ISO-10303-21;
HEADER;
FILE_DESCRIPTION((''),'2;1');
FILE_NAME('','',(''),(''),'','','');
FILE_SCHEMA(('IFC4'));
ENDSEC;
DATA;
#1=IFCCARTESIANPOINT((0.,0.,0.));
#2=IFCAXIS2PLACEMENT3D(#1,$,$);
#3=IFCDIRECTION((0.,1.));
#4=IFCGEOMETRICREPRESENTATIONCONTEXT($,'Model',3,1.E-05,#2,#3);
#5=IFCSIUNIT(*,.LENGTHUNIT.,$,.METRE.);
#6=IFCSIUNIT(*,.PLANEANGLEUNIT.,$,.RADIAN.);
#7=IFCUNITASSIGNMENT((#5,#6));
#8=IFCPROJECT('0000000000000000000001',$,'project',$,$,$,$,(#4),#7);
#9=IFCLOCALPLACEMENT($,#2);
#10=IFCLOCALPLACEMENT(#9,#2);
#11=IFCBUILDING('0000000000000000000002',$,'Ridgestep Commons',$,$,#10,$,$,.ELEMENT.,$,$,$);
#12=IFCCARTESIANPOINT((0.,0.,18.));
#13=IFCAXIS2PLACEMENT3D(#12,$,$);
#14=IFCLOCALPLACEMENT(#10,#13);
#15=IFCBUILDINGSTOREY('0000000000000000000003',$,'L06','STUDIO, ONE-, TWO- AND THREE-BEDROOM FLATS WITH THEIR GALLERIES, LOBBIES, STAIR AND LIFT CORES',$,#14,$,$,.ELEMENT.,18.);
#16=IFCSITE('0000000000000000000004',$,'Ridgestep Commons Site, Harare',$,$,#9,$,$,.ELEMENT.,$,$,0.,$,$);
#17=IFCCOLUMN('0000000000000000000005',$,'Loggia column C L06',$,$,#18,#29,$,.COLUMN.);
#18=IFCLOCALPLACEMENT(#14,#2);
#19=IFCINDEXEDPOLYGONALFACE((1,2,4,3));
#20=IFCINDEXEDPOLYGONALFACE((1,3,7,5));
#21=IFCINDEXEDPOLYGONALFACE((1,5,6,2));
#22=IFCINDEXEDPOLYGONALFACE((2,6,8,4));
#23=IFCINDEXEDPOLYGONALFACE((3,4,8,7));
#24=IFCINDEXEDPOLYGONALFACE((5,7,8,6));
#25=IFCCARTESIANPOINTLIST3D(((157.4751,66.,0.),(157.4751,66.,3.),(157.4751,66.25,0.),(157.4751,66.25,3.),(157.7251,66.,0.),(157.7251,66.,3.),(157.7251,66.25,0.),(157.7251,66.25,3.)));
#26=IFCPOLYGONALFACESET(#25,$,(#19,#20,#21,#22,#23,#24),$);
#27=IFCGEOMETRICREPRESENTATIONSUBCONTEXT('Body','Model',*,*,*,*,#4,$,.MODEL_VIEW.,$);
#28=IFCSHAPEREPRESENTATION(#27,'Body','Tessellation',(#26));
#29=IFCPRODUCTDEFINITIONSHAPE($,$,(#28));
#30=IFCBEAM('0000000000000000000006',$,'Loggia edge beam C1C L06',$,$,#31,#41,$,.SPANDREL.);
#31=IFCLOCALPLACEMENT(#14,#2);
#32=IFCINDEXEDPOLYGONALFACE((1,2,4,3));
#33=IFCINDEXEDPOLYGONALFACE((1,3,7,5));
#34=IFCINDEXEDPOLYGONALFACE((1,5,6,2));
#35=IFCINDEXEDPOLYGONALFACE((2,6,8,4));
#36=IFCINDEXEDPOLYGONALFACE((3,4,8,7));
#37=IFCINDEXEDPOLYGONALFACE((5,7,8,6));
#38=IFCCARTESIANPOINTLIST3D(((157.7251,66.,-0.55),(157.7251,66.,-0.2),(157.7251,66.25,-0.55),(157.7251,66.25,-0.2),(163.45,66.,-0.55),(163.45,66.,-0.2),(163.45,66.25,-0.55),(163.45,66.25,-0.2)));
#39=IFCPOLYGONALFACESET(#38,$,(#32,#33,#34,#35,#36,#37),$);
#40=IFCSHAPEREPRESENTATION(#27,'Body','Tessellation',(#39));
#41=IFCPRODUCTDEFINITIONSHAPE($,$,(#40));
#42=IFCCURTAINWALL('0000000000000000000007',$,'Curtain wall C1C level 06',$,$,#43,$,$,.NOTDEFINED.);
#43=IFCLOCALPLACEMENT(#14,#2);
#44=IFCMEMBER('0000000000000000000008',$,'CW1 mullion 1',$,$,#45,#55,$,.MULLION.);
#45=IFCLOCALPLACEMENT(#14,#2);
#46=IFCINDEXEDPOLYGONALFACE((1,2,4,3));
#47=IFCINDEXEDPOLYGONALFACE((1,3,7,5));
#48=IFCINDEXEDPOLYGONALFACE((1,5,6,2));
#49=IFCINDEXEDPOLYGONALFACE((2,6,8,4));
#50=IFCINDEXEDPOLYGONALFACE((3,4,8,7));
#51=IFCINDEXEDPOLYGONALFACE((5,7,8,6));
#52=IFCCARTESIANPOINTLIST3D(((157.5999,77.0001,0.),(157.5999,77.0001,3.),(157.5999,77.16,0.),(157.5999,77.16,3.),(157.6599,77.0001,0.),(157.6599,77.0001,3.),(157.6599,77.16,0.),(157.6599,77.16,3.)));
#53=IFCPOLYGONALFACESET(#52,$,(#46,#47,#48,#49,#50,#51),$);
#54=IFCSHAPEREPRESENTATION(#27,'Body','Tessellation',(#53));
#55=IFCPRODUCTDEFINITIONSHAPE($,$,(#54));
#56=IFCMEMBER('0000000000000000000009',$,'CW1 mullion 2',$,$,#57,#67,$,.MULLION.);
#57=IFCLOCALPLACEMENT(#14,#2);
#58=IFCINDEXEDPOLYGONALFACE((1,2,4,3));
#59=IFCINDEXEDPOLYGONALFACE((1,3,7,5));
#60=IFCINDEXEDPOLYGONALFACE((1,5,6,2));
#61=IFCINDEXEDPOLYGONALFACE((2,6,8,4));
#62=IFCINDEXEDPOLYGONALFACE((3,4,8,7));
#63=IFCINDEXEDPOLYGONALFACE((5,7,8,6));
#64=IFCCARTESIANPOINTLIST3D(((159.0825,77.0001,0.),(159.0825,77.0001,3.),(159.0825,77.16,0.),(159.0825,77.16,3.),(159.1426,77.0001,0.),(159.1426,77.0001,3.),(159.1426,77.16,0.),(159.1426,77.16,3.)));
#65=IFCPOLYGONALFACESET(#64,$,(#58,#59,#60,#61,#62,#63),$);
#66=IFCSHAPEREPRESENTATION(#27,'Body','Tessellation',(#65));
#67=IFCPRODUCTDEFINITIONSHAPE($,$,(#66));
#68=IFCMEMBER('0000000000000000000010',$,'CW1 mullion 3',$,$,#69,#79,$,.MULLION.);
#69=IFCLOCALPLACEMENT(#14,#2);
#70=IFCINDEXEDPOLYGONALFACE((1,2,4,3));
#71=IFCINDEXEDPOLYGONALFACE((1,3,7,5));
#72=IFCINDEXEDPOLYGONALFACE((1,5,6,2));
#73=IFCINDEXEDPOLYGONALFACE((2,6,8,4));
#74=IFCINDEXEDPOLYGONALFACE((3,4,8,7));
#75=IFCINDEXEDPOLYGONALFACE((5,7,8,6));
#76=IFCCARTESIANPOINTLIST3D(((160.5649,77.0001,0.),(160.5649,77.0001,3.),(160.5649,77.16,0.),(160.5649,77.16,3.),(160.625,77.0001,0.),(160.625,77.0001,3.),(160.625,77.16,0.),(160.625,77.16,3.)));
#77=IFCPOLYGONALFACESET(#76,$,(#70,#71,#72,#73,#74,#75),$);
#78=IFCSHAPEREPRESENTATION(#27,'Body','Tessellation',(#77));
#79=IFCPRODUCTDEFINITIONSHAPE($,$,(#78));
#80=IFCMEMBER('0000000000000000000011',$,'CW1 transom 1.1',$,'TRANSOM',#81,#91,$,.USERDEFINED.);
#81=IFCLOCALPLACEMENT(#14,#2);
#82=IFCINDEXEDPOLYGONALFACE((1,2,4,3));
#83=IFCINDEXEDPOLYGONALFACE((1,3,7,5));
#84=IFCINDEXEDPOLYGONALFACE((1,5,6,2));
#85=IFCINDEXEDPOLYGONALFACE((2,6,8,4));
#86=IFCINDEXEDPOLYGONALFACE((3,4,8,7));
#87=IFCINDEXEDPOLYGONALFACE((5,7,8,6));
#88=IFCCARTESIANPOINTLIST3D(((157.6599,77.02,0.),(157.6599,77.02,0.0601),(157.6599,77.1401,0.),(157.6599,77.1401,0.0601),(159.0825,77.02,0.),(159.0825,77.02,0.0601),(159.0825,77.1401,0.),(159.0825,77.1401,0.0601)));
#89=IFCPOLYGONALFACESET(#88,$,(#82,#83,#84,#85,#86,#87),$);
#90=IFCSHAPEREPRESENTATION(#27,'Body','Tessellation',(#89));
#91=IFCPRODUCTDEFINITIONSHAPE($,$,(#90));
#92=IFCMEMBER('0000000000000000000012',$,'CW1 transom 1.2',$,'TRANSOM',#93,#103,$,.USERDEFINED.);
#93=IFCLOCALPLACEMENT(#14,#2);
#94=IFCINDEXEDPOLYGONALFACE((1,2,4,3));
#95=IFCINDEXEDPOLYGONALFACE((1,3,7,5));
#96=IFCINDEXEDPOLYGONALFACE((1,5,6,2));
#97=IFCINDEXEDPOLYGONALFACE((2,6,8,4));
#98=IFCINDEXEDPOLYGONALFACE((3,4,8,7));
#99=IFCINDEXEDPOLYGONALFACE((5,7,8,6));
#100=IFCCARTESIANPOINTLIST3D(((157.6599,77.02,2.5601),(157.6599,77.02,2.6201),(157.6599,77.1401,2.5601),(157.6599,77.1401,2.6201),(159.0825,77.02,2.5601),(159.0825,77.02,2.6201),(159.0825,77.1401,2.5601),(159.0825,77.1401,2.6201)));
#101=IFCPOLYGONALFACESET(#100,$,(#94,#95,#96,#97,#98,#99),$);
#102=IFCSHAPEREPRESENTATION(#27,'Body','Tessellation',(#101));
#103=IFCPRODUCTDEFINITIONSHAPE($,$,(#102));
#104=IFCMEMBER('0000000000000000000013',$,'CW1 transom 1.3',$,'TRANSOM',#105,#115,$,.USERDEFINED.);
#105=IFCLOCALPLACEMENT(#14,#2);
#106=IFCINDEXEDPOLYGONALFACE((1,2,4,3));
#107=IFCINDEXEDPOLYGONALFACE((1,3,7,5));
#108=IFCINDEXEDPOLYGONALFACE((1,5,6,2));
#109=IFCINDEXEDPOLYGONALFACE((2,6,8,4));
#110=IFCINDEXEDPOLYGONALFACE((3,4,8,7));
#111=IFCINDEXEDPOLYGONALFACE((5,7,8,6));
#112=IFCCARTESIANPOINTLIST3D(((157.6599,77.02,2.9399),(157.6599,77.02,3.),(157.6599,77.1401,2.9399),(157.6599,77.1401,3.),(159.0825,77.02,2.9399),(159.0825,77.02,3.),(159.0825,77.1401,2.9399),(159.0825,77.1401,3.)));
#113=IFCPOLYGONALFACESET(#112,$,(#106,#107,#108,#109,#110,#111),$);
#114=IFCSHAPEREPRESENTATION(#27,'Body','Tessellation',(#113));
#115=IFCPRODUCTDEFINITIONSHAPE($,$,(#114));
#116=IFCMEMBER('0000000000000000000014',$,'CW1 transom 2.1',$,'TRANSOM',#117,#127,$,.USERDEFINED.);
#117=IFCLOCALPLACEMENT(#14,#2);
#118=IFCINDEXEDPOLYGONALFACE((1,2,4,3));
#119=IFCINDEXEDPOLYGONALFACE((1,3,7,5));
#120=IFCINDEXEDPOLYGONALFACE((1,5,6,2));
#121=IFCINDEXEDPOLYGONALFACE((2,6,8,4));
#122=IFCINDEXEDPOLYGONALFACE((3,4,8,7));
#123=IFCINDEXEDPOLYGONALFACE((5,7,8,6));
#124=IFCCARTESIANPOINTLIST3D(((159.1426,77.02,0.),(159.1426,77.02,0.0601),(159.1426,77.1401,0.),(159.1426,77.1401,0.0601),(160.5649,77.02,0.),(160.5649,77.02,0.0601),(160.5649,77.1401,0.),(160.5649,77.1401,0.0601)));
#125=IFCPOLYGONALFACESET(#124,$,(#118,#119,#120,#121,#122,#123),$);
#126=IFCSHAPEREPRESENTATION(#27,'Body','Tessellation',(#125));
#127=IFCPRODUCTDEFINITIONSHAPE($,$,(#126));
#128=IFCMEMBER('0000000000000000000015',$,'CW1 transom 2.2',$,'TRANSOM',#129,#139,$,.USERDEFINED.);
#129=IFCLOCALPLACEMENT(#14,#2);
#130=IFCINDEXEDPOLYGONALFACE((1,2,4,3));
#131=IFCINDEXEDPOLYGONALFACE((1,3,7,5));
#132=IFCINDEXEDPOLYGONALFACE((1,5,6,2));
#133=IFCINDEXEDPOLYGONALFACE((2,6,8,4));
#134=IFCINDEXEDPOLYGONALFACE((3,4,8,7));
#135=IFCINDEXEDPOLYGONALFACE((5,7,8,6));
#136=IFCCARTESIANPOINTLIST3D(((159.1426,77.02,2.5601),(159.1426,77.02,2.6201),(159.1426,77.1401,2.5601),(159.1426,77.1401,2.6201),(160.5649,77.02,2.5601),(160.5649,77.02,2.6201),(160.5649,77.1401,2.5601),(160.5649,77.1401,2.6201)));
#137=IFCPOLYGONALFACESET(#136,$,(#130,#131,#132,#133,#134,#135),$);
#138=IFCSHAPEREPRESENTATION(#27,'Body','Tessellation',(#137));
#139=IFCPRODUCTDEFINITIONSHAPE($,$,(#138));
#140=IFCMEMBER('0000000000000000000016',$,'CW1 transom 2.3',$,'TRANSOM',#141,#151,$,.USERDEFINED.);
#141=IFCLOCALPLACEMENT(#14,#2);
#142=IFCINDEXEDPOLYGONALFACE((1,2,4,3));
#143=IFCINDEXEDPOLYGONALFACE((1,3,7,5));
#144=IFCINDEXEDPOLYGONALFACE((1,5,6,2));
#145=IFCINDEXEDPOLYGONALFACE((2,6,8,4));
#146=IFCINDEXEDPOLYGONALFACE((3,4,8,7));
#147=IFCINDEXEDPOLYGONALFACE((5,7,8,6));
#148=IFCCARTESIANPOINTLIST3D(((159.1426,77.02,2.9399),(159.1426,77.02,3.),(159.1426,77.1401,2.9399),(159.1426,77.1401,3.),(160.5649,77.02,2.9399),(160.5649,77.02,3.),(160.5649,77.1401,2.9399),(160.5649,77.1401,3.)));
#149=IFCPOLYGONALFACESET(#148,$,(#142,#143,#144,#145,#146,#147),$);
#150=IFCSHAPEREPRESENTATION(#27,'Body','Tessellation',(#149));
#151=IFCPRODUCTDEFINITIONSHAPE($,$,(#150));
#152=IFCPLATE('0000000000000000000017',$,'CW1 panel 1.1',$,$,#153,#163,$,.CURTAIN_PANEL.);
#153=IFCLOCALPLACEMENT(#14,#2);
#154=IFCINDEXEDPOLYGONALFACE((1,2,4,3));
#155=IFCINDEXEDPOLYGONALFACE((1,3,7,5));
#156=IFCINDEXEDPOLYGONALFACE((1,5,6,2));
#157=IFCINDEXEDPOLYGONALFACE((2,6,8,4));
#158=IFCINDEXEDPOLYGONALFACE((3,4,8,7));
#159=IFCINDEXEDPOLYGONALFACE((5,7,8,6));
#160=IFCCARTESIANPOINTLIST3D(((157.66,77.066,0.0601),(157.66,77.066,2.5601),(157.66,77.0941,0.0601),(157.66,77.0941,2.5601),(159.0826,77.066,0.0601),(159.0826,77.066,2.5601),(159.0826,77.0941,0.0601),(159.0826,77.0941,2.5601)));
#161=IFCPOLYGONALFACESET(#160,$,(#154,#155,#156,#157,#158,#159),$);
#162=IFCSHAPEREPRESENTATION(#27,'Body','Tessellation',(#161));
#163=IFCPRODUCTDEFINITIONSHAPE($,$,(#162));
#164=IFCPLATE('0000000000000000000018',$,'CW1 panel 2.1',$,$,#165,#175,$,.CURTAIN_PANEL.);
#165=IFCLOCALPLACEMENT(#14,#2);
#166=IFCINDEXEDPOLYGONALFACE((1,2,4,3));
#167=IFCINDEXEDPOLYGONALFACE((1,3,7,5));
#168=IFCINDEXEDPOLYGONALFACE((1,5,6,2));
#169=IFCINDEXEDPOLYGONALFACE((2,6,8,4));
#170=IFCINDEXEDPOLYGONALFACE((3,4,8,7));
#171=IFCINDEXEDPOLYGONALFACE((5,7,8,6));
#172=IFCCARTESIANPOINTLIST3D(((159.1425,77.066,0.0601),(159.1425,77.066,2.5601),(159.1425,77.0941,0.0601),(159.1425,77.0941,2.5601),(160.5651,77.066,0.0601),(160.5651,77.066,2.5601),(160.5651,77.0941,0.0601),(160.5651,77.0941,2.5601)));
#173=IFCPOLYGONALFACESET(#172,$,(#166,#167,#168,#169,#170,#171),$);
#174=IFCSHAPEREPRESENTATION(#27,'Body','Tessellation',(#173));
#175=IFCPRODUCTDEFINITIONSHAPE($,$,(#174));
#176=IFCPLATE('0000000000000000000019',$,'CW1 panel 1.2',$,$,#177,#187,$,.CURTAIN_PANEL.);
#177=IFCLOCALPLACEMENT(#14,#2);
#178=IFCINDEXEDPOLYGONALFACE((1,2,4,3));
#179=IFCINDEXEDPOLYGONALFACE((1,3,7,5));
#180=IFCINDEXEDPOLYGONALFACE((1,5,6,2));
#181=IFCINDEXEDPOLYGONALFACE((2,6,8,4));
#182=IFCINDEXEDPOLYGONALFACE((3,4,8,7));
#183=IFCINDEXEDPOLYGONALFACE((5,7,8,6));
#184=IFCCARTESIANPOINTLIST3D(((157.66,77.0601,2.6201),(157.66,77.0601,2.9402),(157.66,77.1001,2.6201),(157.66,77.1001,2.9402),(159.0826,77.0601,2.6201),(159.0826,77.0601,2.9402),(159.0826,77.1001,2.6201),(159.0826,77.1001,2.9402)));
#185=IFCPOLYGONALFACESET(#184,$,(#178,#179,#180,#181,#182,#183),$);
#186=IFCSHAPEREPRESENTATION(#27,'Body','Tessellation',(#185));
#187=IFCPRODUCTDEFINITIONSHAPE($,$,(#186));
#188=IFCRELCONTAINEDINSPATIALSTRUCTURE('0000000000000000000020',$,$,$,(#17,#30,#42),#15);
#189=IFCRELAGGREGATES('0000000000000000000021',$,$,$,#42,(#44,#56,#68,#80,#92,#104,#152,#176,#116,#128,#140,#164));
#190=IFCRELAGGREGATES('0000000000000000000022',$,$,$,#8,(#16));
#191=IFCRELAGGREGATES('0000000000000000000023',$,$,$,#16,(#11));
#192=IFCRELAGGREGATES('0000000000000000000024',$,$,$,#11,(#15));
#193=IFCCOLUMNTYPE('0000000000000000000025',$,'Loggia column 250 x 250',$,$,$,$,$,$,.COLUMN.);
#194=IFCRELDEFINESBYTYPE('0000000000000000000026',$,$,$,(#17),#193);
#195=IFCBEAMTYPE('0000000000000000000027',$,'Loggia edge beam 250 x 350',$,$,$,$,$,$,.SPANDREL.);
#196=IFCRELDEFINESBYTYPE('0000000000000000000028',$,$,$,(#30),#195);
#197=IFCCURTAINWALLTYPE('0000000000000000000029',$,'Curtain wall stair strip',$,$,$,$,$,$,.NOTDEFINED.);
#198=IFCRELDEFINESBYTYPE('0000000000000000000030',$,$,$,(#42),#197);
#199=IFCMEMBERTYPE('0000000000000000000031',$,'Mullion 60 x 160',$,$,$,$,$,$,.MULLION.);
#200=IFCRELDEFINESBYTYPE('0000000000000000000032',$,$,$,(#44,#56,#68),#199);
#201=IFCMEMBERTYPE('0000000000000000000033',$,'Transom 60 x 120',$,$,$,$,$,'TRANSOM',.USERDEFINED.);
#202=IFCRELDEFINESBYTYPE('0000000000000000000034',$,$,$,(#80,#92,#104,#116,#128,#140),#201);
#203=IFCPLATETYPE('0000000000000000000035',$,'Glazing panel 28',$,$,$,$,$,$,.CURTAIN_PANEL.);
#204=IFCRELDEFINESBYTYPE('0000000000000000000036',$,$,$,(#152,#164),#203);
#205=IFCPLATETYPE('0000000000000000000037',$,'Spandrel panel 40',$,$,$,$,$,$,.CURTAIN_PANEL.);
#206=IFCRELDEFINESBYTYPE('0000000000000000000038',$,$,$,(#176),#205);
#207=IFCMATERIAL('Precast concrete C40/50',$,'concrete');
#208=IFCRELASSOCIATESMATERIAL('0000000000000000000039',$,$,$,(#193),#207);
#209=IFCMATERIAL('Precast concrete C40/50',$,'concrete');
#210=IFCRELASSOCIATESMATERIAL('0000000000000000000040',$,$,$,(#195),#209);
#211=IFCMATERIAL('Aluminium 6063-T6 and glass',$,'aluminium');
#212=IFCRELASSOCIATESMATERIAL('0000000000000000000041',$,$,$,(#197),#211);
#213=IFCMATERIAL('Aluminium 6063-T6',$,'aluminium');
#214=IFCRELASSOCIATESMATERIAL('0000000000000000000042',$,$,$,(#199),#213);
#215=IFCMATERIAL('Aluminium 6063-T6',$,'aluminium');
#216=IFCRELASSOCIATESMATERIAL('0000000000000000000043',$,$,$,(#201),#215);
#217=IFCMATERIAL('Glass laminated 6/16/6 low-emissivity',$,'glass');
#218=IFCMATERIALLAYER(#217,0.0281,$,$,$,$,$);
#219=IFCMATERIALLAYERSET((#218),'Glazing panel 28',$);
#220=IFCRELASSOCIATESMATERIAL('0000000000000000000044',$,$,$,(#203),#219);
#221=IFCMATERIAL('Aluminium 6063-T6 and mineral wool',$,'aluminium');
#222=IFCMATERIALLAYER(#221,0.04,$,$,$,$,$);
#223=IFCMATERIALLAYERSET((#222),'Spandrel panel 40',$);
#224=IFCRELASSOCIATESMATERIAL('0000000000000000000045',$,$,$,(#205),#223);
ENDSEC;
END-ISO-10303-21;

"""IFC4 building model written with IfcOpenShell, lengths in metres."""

from ifc_helpers import new_model, si_unit, direction, frame, origin, origin_2d, place, context, subcontext, project, spatial, rectangle, extrude, material, layer, layer_set, material_profile, profile_set, type_object, element, aggregate, save


model = new_model("IFC4")

# Units and contexts
model_context = context("Model", 3, precision=1e-05, world=origin(), true_north=direction((0.0, 1.0)))
body_context = subcontext(model_context, "Body", "Model", "MODEL_VIEW")
ifc_project = project(units=[si_unit("LENGTHUNIT", "METRE"), si_unit("PLANEANGLEUNIT", "RADIAN")], contexts=[model_context])

# Site, building, storey
site_placement = place(None, origin())
site = spatial("IfcSite", under=ifc_project, at=site_placement, Name="Ridgestep Commons Site, Harare", CompositionType="ELEMENT", RefElevation=0.0)
building_placement = place(site_placement, origin())
building = spatial("IfcBuilding", under=site, at=building_placement, Name="Ridgestep Commons", CompositionType="ELEMENT")
storey_placement = place(building_placement, frame((0.0, 0.0, 18.0)))
storey = spatial("IfcBuildingStorey", under=building, at=storey_placement, Name="L06", Description="STUDIO, ONE-, TWO- AND THREE-BEDROOM FLATS WITH THEIR GALLERIES, LOBBIES, STAIR AND LIFT CORES", CompositionType="ELEMENT", Elevation=18.0)

# Column
ifc_material_1 = material(Name="Precast concrete C40/50", Category="concrete")
ifc_material_profile_1 = material_profile(ifc_material_1, rectangle(XDim=0.25, YDim=0.25, at=origin_2d()), Name="PC 250x250")
ifc_profile_set_1 = profile_set([ifc_material_profile_1], Name="Precast concrete C40/50")
column_type = type_object("IfcColumnType", Name="Loggia column 250 x 250", PredefinedType="COLUMN", material=ifc_profile_set_1)
column_placement = place(storey_placement, frame((157.6001, 66.125, 0.0), z_axis=(0.0, 0.0, 1.0), x_axis=(1.0, 0.0, 0.0)))
element("IfcColumn", 1, at=column_placement, inside=storey, type_object=column_type, Name="Loggia column C L06", PredefinedType="COLUMN", context=body_context, shape_type="SweptSolid", body=[
    extrude(rectangle(XDim=0.25, YDim=0.25, at=origin_2d()), origin(), (0.0, 0.0, 1.0), 3.0),
])

# Beam
ifc_material_2 = material(Name="Precast concrete C40/50", Category="concrete")
ifc_material_profile_2 = material_profile(ifc_material_2, rectangle(XDim=0.25, YDim=0.3501, at=origin_2d()), Name="PC 250x350")
ifc_profile_set_2 = profile_set([ifc_material_profile_2], Name="Precast concrete C40/50")
beam_type = type_object("IfcBeamType", Name="Loggia edge beam 250 x 350", PredefinedType="SPANDREL", material=ifc_profile_set_2)
beam_placement = place(storey_placement, frame((157.7251, 66.125, -0.375), z_axis=(1.0, 0.0, 0.0), x_axis=(0.0, 1.0, 0.0)))
element("IfcBeam", 2, at=beam_placement, inside=storey, type_object=beam_type, Name="Loggia edge beam C1C L06", PredefinedType="SPANDREL", context=body_context, shape_type="SweptSolid", body=[
    extrude(rectangle(XDim=0.25, YDim=0.3501, at=origin_2d()), origin(), (0.0, 0.0, 1.0), 5.7249),
])

# Curtain wall, members, plates
ifc_material_3 = material(Name="Aluminium 6063-T6 and glass", Category="aluminium")
curtain_wall_type = type_object("IfcCurtainWallType", Name="Curtain wall stair strip", PredefinedType="NOTDEFINED", material=ifc_material_3)
curtain_wall_placement = place(storey_placement, origin())
curtain_wall = element("IfcCurtainWall", 3, at=curtain_wall_placement, inside=storey, type_object=curtain_wall_type, Name="Curtain wall C1C level 06", PredefinedType="NOTDEFINED")
ifc_material_4 = material(Name="Aluminium 6063-T6", Category="aluminium")
ifc_material_profile_3 = material_profile(ifc_material_4, rectangle(XDim=0.1599, YDim=0.0601, at=origin_2d()), Name="Mullion 60 x 160")
ifc_profile_set_3 = profile_set([ifc_material_profile_3], Name="Aluminium 6063-T6")
member_type_1 = type_object("IfcMemberType", Name="Mullion 60 x 160", PredefinedType="MULLION", material=ifc_profile_set_3)
member_1_placement = place(storey_placement, frame((157.6299, 77.0801, 0.0), z_axis=(0.0, 0.0, 1.0), x_axis=(0.0, 1.0, 0.0)))
member_1 = element("IfcMember", 4, at=member_1_placement, type_object=member_type_1, Name="CW1 mullion 1", PredefinedType="MULLION", context=body_context, shape_type="SweptSolid", body=[
    extrude(rectangle(XDim=0.1599, YDim=0.0601, at=origin_2d()), origin(), (0.0, 0.0, 1.0), 3.0),
])
member_2_placement = place(storey_placement, frame((159.1125, 77.0801, 0.0), z_axis=(0.0, 0.0, 1.0), x_axis=(0.0, 1.0, 0.0)))
member_2 = element("IfcMember", 5, at=member_2_placement, type_object=member_type_1, Name="CW1 mullion 2", PredefinedType="MULLION", context=body_context, shape_type="SweptSolid", body=[
    extrude(rectangle(XDim=0.1599, YDim=0.0601, at=origin_2d()), origin(), (0.0, 0.0, 1.0), 3.0),
])
member_3_placement = place(storey_placement, frame((160.595, 77.0801, 0.0), z_axis=(0.0, 0.0, 1.0), x_axis=(0.0, 1.0, 0.0)))
member_3 = element("IfcMember", 6, at=member_3_placement, type_object=member_type_1, Name="CW1 mullion 3", PredefinedType="MULLION", context=body_context, shape_type="SweptSolid", body=[
    extrude(rectangle(XDim=0.1599, YDim=0.0601, at=origin_2d()), origin(), (0.0, 0.0, 1.0), 3.0),
])
ifc_material_5 = material(Name="Aluminium 6063-T6", Category="aluminium")
ifc_material_profile_4 = material_profile(ifc_material_5, rectangle(XDim=0.1201, YDim=0.0601, at=origin_2d()), Name="Transom 60 x 120")
ifc_profile_set_4 = profile_set([ifc_material_profile_4], Name="Aluminium 6063-T6")
member_type_2 = type_object("IfcMemberType", Name="Transom 60 x 120", ElementType="TRANSOM", PredefinedType="USERDEFINED", material=ifc_profile_set_4)
member_4_placement = place(storey_placement, frame((157.6599, 77.0801, 0.03), z_axis=(1.0, 0.0, 0.0), x_axis=(0.0, 1.0, 0.0)))
member_4 = element("IfcMember", 7, at=member_4_placement, type_object=member_type_2, Name="CW1 transom 1.1", ObjectType="TRANSOM", PredefinedType="USERDEFINED", context=body_context, shape_type="SweptSolid", body=[
    extrude(rectangle(XDim=0.1201, YDim=0.0601, at=origin_2d()), origin(), (0.0, 0.0, 1.0), 1.4226),
])
member_5_placement = place(storey_placement, frame((157.6599, 77.0801, 2.5901), z_axis=(1.0, 0.0, 0.0), x_axis=(0.0, 1.0, 0.0)))
member_5 = element("IfcMember", 8, at=member_5_placement, type_object=member_type_2, Name="CW1 transom 1.2", ObjectType="TRANSOM", PredefinedType="USERDEFINED", context=body_context, shape_type="SweptSolid", body=[
    extrude(rectangle(XDim=0.1201, YDim=0.0601, at=origin_2d()), origin(), (0.0, 0.0, 1.0), 1.4226),
])
member_6_placement = place(storey_placement, frame((157.6599, 77.0801, 2.97), z_axis=(1.0, 0.0, 0.0), x_axis=(0.0, 1.0, 0.0)))
member_6 = element("IfcMember", 9, at=member_6_placement, type_object=member_type_2, Name="CW1 transom 1.3", ObjectType="TRANSOM", PredefinedType="USERDEFINED", context=body_context, shape_type="SweptSolid", body=[
    extrude(rectangle(XDim=0.1201, YDim=0.0601, at=origin_2d()), origin(), (0.0, 0.0, 1.0), 1.4226),
])
member_7_placement = place(storey_placement, frame((159.1426, 77.0801, 0.03), z_axis=(1.0, 0.0, 0.0), x_axis=(0.0, 1.0, 0.0)))
member_7 = element("IfcMember", 10, at=member_7_placement, type_object=member_type_2, Name="CW1 transom 2.1", ObjectType="TRANSOM", PredefinedType="USERDEFINED", context=body_context, shape_type="SweptSolid", body=[
    extrude(rectangle(XDim=0.1201, YDim=0.0601, at=origin_2d()), origin(), (0.0, 0.0, 1.0), 1.4224),
])
member_8_placement = place(storey_placement, frame((159.1426, 77.0801, 2.5901), z_axis=(1.0, 0.0, 0.0), x_axis=(0.0, 1.0, 0.0)))
member_8 = element("IfcMember", 11, at=member_8_placement, type_object=member_type_2, Name="CW1 transom 2.2", ObjectType="TRANSOM", PredefinedType="USERDEFINED", context=body_context, shape_type="SweptSolid", body=[
    extrude(rectangle(XDim=0.1201, YDim=0.0601, at=origin_2d()), origin(), (0.0, 0.0, 1.0), 1.4224),
])
member_9_placement = place(storey_placement, frame((159.1426, 77.0801, 2.97), z_axis=(1.0, 0.0, 0.0), x_axis=(0.0, 1.0, 0.0)))
member_9 = element("IfcMember", 12, at=member_9_placement, type_object=member_type_2, Name="CW1 transom 2.3", ObjectType="TRANSOM", PredefinedType="USERDEFINED", context=body_context, shape_type="SweptSolid", body=[
    extrude(rectangle(XDim=0.1201, YDim=0.0601, at=origin_2d()), origin(), (0.0, 0.0, 1.0), 1.4224),
])
ifc_material_6 = material(Name="Glass laminated 6/16/6 low-emissivity", Category="glass")
ifc_layer_1 = layer(ifc_material_6, 0.0281)
ifc_layer_set_1 = layer_set([ifc_layer_1], Name="Glazing panel 28")
plate_type_1 = type_object("IfcPlateType", Name="Glazing panel 28", PredefinedType="CURTAIN_PANEL", material=ifc_layer_set_1)
plate_1_placement = place(storey_placement, frame((158.3713, 77.0801, 0.0601), z_axis=(0.0, 0.0, 1.0), x_axis=(1.0, 0.0, 0.0)))
plate_1 = element("IfcPlate", 13, at=plate_1_placement, type_object=plate_type_1, Name="CW1 panel 1.1", PredefinedType="CURTAIN_PANEL", context=body_context, shape_type="SweptSolid", body=[
    extrude(rectangle(XDim=1.4226, YDim=0.0281, at=origin_2d()), origin(), (0.0, 0.0, 1.0), 2.5),
])
plate_2_placement = place(storey_placement, frame((159.8538, 77.0801, 0.0601), z_axis=(0.0, 0.0, 1.0), x_axis=(1.0, 0.0, 0.0)))
plate_2 = element("IfcPlate", 14, at=plate_2_placement, type_object=plate_type_1, Name="CW1 panel 2.1", PredefinedType="CURTAIN_PANEL", context=body_context, shape_type="SweptSolid", body=[
    extrude(rectangle(XDim=1.4226, YDim=0.0281, at=origin_2d()), origin(), (0.0, 0.0, 1.0), 2.5),
])
ifc_material_7 = material(Name="Aluminium 6063-T6 and mineral wool", Category="aluminium")
ifc_layer_2 = layer(ifc_material_7, 0.04)
ifc_layer_set_2 = layer_set([ifc_layer_2], Name="Spandrel panel 40")
plate_type_2 = type_object("IfcPlateType", Name="Spandrel panel 40", PredefinedType="CURTAIN_PANEL", material=ifc_layer_set_2)
plate_3_placement = place(storey_placement, frame((158.3713, 77.0801, 2.6201), z_axis=(0.0, 0.0, 1.0), x_axis=(1.0, 0.0, 0.0)))
plate_3 = element("IfcPlate", 15, at=plate_3_placement, type_object=plate_type_2, Name="CW1 panel 1.2", PredefinedType="CURTAIN_PANEL", context=body_context, shape_type="SweptSolid", body=[
    extrude(rectangle(XDim=1.4226, YDim=0.04, at=origin_2d()), origin(), (0.0, 0.0, 1.0), 0.3201),
])
aggregate(curtain_wall, [member_1, member_2, member_3, member_4, member_5, member_6, plate_1, plate_3, member_7, member_8, member_9, plate_2])

save(model, "model.ifc")
